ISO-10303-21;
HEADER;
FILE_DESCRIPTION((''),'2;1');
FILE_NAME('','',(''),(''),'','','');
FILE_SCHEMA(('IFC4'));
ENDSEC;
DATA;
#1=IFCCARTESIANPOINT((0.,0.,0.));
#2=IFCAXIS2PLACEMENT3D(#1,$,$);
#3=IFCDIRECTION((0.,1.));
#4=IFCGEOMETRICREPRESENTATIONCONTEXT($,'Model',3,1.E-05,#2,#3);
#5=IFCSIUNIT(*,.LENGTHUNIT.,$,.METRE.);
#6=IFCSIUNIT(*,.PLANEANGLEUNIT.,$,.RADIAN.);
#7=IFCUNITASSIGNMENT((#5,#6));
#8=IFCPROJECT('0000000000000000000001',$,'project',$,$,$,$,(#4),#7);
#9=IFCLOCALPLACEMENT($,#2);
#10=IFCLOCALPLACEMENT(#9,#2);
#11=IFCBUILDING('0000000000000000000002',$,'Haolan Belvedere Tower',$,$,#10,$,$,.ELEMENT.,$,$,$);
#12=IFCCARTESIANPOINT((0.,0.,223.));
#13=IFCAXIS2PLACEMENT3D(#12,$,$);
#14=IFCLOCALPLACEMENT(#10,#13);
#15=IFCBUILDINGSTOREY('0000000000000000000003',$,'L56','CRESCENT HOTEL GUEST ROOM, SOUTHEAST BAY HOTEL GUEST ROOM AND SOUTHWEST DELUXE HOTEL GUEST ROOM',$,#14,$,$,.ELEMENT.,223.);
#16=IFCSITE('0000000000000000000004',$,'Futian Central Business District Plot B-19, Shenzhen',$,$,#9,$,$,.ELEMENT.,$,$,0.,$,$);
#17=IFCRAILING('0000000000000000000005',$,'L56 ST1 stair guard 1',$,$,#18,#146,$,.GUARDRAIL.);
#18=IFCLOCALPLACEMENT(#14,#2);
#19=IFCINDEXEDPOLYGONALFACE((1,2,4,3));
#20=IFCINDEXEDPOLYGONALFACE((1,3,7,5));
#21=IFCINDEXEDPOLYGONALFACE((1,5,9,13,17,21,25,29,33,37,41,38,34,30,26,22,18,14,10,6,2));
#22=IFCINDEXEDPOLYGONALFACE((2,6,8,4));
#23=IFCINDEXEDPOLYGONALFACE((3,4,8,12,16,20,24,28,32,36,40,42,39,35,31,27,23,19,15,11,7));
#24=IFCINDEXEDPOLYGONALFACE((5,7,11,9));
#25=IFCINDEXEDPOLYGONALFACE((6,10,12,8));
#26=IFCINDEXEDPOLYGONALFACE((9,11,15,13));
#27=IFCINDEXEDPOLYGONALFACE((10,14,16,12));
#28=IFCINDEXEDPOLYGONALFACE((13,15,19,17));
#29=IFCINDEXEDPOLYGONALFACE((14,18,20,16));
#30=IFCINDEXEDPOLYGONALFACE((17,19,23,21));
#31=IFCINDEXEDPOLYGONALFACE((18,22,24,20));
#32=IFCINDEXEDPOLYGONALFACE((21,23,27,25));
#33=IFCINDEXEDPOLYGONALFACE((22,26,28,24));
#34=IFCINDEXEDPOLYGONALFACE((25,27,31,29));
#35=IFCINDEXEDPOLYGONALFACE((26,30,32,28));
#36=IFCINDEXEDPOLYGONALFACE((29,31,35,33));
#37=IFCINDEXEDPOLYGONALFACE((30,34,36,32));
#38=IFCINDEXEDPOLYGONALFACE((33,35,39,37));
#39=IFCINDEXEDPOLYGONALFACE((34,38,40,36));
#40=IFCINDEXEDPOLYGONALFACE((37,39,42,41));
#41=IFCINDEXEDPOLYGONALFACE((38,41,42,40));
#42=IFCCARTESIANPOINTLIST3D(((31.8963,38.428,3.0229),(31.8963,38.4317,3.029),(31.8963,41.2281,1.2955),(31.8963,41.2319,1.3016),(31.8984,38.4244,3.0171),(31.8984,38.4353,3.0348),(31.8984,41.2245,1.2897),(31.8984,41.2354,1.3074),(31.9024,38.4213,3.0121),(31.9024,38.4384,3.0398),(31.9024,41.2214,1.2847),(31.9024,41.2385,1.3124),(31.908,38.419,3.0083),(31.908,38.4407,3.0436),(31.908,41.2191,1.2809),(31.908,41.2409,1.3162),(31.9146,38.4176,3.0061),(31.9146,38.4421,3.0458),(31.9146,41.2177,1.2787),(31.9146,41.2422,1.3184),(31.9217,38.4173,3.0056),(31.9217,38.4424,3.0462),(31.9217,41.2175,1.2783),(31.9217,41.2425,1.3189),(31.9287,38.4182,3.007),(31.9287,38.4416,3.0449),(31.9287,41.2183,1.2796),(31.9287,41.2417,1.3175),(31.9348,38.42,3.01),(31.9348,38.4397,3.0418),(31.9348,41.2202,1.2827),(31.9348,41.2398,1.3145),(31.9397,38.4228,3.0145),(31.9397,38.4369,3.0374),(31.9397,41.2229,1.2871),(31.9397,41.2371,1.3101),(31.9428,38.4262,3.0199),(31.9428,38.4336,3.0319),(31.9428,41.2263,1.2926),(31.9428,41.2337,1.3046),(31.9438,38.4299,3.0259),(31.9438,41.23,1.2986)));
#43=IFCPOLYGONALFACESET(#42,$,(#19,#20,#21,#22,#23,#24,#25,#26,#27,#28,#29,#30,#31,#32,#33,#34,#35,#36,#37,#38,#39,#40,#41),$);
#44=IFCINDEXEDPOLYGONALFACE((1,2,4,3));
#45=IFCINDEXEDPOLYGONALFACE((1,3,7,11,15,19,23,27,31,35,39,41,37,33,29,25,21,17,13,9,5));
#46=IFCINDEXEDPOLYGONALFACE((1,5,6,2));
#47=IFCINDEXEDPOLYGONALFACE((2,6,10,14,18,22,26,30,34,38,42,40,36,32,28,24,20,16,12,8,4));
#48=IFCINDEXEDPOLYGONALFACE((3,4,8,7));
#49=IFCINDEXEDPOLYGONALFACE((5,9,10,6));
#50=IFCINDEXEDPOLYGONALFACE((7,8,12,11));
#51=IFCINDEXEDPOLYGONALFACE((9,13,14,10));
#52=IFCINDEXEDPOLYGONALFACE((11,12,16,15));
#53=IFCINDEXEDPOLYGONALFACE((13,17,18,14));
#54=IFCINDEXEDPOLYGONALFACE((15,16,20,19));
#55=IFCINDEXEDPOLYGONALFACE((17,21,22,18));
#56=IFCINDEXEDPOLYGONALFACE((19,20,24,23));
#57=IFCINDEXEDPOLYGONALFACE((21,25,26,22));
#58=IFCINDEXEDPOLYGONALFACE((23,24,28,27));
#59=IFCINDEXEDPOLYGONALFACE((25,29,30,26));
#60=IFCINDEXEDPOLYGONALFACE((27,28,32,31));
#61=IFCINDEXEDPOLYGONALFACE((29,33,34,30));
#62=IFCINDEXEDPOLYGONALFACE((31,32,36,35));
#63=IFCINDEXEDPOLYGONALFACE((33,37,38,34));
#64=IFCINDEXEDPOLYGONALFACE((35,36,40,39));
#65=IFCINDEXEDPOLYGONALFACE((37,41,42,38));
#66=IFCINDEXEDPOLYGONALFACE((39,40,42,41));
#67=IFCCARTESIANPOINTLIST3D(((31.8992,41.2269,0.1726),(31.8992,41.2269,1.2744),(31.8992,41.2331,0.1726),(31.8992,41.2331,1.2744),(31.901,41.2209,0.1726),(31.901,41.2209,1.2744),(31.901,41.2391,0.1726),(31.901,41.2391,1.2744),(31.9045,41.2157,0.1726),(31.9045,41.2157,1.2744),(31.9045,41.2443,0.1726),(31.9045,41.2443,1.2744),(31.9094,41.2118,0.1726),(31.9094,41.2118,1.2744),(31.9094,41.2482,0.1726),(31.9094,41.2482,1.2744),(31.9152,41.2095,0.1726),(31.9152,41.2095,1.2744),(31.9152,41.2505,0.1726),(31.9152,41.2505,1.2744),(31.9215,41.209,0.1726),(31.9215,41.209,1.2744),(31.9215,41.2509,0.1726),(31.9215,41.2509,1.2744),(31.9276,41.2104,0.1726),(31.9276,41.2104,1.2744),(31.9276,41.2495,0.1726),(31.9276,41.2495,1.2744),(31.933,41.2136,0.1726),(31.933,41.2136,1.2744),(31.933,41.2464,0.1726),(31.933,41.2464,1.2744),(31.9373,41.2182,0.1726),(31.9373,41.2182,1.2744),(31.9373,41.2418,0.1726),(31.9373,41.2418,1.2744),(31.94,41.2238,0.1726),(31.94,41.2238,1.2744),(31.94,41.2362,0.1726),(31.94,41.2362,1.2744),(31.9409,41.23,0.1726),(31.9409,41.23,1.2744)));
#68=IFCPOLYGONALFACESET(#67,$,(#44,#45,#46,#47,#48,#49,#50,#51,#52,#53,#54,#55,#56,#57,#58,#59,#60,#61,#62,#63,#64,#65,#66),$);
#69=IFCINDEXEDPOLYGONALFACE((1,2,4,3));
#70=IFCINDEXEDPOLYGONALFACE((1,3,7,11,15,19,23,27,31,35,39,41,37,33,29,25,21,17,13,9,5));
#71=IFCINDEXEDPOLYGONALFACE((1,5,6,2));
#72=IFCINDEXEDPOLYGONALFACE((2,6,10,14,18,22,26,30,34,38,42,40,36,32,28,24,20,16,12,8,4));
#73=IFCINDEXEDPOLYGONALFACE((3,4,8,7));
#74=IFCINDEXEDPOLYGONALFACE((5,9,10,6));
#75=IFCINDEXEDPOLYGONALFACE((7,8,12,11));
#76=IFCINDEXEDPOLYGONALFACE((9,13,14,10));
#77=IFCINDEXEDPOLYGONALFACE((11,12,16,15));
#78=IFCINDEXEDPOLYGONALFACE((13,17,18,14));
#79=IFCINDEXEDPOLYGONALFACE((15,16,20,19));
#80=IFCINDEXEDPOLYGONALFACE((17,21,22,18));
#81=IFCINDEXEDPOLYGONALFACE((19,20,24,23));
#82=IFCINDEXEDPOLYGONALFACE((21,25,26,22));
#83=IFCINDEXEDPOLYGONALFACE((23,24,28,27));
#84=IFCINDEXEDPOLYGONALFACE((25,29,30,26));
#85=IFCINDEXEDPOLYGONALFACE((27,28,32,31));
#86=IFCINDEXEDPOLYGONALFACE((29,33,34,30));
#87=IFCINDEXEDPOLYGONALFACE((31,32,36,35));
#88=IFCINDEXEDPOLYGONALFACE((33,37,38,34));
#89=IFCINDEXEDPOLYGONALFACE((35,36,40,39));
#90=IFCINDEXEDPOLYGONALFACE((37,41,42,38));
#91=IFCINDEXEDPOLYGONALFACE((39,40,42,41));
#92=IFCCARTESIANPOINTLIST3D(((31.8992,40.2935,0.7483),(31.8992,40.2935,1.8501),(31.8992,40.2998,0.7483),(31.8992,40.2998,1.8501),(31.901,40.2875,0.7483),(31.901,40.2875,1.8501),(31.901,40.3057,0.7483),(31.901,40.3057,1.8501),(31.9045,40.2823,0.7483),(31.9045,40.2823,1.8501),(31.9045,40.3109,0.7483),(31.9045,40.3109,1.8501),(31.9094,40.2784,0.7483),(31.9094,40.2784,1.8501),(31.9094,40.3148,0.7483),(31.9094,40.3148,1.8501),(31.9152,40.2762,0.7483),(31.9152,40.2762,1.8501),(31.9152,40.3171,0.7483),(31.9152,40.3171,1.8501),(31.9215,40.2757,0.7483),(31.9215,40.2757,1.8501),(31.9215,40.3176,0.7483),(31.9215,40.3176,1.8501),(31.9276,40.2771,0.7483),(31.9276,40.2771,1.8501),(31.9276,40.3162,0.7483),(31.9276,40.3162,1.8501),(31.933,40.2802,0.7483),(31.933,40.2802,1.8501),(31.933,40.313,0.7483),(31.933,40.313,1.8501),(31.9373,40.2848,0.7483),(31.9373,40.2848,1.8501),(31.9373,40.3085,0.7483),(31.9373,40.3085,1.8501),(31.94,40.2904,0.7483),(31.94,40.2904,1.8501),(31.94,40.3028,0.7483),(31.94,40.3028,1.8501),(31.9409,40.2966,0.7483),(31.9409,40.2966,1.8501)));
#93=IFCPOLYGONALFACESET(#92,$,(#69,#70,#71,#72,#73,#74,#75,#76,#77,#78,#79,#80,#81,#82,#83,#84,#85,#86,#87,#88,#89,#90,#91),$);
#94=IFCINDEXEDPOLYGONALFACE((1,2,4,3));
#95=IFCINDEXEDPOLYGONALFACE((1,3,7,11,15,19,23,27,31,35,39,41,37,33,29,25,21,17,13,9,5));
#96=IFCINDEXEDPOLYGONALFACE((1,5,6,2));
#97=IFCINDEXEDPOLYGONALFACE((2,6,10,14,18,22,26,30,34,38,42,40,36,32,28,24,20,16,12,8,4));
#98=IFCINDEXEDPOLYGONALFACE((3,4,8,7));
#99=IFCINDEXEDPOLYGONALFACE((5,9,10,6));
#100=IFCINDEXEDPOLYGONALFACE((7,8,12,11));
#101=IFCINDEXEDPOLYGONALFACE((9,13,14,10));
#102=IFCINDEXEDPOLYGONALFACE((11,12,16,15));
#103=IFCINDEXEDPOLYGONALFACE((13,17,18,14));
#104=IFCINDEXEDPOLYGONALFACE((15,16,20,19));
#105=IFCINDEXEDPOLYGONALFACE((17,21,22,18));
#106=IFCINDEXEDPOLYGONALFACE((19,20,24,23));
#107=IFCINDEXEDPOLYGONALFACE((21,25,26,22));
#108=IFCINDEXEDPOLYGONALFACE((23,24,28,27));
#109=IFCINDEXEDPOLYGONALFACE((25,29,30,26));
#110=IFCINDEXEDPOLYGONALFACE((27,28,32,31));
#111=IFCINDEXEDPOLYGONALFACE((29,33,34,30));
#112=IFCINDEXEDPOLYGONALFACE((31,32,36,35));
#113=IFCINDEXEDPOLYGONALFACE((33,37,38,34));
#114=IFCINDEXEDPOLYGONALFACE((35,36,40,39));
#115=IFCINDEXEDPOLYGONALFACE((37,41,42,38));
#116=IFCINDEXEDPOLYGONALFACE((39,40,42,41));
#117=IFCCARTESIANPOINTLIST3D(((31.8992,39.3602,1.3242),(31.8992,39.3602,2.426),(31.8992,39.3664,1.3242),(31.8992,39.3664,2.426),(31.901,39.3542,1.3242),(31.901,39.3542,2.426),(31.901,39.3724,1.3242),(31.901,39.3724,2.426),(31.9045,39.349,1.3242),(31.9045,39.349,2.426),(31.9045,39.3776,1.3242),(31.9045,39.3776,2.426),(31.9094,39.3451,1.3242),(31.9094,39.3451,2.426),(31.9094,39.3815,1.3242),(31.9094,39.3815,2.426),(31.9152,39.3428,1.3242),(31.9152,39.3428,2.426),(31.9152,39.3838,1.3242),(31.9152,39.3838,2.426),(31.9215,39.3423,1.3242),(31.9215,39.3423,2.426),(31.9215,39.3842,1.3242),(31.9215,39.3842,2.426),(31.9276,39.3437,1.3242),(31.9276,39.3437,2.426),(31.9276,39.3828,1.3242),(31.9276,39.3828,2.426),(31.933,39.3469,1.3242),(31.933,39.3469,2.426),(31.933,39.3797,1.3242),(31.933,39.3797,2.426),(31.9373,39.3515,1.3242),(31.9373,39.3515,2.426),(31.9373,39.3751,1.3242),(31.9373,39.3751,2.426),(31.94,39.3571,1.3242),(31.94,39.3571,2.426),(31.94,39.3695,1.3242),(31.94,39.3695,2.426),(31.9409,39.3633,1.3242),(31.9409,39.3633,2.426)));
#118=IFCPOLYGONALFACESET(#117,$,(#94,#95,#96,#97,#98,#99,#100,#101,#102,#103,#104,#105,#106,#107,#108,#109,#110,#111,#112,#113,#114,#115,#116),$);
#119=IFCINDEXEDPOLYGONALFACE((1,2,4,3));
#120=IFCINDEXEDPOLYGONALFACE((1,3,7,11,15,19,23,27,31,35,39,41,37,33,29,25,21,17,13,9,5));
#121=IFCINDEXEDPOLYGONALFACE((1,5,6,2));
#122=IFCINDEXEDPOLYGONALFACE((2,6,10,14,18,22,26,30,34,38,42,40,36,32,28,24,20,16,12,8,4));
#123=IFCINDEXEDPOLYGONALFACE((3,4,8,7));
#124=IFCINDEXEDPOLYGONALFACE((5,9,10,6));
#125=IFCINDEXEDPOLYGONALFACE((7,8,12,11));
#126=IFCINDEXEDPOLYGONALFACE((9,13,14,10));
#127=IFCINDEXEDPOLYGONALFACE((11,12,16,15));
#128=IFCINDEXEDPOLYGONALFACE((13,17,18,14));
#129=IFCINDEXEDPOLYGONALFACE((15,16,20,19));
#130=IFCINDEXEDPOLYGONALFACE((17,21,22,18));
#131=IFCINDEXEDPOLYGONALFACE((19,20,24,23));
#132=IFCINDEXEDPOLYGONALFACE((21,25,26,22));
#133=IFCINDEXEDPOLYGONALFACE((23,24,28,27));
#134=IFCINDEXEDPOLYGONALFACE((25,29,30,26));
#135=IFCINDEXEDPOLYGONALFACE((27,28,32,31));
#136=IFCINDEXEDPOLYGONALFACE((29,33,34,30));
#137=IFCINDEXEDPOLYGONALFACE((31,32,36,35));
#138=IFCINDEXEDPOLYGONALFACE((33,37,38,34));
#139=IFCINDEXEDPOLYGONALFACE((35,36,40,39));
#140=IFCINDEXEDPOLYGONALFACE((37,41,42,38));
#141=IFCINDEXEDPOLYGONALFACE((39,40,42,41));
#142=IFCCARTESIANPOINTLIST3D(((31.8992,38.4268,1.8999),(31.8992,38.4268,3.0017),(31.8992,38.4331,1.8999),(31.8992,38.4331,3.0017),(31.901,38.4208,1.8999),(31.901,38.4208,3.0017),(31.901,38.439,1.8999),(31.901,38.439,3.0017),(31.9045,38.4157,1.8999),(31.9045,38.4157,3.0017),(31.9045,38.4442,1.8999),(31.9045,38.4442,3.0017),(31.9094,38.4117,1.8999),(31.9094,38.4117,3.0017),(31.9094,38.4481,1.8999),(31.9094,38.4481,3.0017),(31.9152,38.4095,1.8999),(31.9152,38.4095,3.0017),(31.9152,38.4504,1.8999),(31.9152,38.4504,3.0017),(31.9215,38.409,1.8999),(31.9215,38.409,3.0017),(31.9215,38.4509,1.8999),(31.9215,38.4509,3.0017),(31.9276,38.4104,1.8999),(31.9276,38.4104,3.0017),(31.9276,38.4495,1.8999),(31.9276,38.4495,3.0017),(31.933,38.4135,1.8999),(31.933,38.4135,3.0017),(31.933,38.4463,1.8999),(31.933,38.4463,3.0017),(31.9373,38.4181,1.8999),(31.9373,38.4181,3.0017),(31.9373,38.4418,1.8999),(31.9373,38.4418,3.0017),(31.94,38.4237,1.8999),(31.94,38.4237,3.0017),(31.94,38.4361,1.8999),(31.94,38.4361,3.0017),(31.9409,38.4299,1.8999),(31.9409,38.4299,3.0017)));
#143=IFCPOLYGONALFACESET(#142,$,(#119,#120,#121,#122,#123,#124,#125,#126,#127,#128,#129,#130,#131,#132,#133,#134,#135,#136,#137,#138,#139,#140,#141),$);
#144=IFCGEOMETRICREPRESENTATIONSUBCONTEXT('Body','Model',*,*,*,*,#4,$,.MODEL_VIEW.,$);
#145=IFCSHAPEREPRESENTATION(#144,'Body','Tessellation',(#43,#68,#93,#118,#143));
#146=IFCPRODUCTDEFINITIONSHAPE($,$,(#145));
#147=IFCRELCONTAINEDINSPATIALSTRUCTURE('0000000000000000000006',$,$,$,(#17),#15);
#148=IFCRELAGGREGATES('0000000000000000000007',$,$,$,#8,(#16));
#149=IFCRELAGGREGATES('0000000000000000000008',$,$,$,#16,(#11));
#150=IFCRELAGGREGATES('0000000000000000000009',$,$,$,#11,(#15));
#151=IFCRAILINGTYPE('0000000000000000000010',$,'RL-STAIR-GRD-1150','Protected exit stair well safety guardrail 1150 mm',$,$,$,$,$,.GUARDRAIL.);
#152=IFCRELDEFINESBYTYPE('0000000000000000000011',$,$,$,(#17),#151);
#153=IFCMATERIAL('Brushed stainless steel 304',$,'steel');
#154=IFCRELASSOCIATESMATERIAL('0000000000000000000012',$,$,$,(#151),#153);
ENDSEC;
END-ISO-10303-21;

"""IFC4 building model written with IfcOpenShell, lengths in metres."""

from ifc_helpers import new_model, si_unit, direction, frame, origin, origin_2d, place, context, subcontext, project, spatial, circle, extrude, material, type_object, element, save


model = new_model("IFC4")

# Units and contexts
model_context = context("Model", 3, precision=1e-05, world=origin(), true_north=direction((0.0, 1.0)))
body_context = subcontext(model_context, "Body", "Model", "MODEL_VIEW")
ifc_project = project(units=[si_unit("LENGTHUNIT", "METRE"), si_unit("PLANEANGLEUNIT", "RADIAN")], contexts=[model_context])

# Site, building, storey
site_placement = place(None, origin())
site = spatial("IfcSite", under=ifc_project, at=site_placement, Name="Futian Central Business District Plot B-19, Shenzhen", CompositionType="ELEMENT", RefElevation=0.0)
building_placement = place(site_placement, origin())
building = spatial("IfcBuilding", under=site, at=building_placement, Name="Haolan Belvedere Tower", CompositionType="ELEMENT")
storey_placement = place(building_placement, frame((0.0, 0.0, 223.0)))
storey = spatial("IfcBuildingStorey", under=building, at=storey_placement, Name="L56", Description="CRESCENT HOTEL GUEST ROOM, SOUTHEAST BAY HOTEL GUEST ROOM AND SOUTHWEST DELUXE HOTEL GUEST ROOM", CompositionType="ELEMENT", Elevation=223.0)

# Railing
ifc_material_1 = material(Name="Brushed stainless steel 304", Category="steel")
railing_type_1 = type_object("IfcRailingType", Name="RL-STAIR-GRD-1150", Description="Protected exit stair well safety guardrail 1150 mm", PredefinedType="GUARDRAIL", material=ifc_material_1)
railing_1_placement = place(storey_placement, frame((31.9199, 41.23, 0.1726)))
element("IfcRailing", 1, at=railing_1_placement, inside=storey, type_object=railing_type_1, Name="L56 ST1 stair guard 1", PredefinedType="GUARDRAIL", context=body_context, shape_type="SweptSolid", body=[
    extrude(circle(Radius=0.0239, at=origin_2d()), frame((0.0, 0.0, 1.126), z_axis=(0.0, -0.85109, 0.52502), x_axis=(1.0, 0.0, 0.0)), (0.0, 0.0, 1.0), 3.29),
    extrude(circle(Radius=0.021, at=origin_2d()), origin(), (0.0, 0.0, 1.0), 1.1018),
    extrude(circle(Radius=0.021, at=origin_2d()), frame((0.0, -0.9333, 0.5757)), (0.0, 0.0, 1.0), 1.1018),
    extrude(circle(Radius=0.021, at=origin_2d()), frame((0.0, -1.8667, 1.1516)), (0.0, 0.0, 1.0), 1.1018),
    extrude(circle(Radius=0.021, at=origin_2d()), frame((0.0, -2.8, 1.7273)), (0.0, 0.0, 1.0), 1.1018),
])

save(model, "model.ifc")
